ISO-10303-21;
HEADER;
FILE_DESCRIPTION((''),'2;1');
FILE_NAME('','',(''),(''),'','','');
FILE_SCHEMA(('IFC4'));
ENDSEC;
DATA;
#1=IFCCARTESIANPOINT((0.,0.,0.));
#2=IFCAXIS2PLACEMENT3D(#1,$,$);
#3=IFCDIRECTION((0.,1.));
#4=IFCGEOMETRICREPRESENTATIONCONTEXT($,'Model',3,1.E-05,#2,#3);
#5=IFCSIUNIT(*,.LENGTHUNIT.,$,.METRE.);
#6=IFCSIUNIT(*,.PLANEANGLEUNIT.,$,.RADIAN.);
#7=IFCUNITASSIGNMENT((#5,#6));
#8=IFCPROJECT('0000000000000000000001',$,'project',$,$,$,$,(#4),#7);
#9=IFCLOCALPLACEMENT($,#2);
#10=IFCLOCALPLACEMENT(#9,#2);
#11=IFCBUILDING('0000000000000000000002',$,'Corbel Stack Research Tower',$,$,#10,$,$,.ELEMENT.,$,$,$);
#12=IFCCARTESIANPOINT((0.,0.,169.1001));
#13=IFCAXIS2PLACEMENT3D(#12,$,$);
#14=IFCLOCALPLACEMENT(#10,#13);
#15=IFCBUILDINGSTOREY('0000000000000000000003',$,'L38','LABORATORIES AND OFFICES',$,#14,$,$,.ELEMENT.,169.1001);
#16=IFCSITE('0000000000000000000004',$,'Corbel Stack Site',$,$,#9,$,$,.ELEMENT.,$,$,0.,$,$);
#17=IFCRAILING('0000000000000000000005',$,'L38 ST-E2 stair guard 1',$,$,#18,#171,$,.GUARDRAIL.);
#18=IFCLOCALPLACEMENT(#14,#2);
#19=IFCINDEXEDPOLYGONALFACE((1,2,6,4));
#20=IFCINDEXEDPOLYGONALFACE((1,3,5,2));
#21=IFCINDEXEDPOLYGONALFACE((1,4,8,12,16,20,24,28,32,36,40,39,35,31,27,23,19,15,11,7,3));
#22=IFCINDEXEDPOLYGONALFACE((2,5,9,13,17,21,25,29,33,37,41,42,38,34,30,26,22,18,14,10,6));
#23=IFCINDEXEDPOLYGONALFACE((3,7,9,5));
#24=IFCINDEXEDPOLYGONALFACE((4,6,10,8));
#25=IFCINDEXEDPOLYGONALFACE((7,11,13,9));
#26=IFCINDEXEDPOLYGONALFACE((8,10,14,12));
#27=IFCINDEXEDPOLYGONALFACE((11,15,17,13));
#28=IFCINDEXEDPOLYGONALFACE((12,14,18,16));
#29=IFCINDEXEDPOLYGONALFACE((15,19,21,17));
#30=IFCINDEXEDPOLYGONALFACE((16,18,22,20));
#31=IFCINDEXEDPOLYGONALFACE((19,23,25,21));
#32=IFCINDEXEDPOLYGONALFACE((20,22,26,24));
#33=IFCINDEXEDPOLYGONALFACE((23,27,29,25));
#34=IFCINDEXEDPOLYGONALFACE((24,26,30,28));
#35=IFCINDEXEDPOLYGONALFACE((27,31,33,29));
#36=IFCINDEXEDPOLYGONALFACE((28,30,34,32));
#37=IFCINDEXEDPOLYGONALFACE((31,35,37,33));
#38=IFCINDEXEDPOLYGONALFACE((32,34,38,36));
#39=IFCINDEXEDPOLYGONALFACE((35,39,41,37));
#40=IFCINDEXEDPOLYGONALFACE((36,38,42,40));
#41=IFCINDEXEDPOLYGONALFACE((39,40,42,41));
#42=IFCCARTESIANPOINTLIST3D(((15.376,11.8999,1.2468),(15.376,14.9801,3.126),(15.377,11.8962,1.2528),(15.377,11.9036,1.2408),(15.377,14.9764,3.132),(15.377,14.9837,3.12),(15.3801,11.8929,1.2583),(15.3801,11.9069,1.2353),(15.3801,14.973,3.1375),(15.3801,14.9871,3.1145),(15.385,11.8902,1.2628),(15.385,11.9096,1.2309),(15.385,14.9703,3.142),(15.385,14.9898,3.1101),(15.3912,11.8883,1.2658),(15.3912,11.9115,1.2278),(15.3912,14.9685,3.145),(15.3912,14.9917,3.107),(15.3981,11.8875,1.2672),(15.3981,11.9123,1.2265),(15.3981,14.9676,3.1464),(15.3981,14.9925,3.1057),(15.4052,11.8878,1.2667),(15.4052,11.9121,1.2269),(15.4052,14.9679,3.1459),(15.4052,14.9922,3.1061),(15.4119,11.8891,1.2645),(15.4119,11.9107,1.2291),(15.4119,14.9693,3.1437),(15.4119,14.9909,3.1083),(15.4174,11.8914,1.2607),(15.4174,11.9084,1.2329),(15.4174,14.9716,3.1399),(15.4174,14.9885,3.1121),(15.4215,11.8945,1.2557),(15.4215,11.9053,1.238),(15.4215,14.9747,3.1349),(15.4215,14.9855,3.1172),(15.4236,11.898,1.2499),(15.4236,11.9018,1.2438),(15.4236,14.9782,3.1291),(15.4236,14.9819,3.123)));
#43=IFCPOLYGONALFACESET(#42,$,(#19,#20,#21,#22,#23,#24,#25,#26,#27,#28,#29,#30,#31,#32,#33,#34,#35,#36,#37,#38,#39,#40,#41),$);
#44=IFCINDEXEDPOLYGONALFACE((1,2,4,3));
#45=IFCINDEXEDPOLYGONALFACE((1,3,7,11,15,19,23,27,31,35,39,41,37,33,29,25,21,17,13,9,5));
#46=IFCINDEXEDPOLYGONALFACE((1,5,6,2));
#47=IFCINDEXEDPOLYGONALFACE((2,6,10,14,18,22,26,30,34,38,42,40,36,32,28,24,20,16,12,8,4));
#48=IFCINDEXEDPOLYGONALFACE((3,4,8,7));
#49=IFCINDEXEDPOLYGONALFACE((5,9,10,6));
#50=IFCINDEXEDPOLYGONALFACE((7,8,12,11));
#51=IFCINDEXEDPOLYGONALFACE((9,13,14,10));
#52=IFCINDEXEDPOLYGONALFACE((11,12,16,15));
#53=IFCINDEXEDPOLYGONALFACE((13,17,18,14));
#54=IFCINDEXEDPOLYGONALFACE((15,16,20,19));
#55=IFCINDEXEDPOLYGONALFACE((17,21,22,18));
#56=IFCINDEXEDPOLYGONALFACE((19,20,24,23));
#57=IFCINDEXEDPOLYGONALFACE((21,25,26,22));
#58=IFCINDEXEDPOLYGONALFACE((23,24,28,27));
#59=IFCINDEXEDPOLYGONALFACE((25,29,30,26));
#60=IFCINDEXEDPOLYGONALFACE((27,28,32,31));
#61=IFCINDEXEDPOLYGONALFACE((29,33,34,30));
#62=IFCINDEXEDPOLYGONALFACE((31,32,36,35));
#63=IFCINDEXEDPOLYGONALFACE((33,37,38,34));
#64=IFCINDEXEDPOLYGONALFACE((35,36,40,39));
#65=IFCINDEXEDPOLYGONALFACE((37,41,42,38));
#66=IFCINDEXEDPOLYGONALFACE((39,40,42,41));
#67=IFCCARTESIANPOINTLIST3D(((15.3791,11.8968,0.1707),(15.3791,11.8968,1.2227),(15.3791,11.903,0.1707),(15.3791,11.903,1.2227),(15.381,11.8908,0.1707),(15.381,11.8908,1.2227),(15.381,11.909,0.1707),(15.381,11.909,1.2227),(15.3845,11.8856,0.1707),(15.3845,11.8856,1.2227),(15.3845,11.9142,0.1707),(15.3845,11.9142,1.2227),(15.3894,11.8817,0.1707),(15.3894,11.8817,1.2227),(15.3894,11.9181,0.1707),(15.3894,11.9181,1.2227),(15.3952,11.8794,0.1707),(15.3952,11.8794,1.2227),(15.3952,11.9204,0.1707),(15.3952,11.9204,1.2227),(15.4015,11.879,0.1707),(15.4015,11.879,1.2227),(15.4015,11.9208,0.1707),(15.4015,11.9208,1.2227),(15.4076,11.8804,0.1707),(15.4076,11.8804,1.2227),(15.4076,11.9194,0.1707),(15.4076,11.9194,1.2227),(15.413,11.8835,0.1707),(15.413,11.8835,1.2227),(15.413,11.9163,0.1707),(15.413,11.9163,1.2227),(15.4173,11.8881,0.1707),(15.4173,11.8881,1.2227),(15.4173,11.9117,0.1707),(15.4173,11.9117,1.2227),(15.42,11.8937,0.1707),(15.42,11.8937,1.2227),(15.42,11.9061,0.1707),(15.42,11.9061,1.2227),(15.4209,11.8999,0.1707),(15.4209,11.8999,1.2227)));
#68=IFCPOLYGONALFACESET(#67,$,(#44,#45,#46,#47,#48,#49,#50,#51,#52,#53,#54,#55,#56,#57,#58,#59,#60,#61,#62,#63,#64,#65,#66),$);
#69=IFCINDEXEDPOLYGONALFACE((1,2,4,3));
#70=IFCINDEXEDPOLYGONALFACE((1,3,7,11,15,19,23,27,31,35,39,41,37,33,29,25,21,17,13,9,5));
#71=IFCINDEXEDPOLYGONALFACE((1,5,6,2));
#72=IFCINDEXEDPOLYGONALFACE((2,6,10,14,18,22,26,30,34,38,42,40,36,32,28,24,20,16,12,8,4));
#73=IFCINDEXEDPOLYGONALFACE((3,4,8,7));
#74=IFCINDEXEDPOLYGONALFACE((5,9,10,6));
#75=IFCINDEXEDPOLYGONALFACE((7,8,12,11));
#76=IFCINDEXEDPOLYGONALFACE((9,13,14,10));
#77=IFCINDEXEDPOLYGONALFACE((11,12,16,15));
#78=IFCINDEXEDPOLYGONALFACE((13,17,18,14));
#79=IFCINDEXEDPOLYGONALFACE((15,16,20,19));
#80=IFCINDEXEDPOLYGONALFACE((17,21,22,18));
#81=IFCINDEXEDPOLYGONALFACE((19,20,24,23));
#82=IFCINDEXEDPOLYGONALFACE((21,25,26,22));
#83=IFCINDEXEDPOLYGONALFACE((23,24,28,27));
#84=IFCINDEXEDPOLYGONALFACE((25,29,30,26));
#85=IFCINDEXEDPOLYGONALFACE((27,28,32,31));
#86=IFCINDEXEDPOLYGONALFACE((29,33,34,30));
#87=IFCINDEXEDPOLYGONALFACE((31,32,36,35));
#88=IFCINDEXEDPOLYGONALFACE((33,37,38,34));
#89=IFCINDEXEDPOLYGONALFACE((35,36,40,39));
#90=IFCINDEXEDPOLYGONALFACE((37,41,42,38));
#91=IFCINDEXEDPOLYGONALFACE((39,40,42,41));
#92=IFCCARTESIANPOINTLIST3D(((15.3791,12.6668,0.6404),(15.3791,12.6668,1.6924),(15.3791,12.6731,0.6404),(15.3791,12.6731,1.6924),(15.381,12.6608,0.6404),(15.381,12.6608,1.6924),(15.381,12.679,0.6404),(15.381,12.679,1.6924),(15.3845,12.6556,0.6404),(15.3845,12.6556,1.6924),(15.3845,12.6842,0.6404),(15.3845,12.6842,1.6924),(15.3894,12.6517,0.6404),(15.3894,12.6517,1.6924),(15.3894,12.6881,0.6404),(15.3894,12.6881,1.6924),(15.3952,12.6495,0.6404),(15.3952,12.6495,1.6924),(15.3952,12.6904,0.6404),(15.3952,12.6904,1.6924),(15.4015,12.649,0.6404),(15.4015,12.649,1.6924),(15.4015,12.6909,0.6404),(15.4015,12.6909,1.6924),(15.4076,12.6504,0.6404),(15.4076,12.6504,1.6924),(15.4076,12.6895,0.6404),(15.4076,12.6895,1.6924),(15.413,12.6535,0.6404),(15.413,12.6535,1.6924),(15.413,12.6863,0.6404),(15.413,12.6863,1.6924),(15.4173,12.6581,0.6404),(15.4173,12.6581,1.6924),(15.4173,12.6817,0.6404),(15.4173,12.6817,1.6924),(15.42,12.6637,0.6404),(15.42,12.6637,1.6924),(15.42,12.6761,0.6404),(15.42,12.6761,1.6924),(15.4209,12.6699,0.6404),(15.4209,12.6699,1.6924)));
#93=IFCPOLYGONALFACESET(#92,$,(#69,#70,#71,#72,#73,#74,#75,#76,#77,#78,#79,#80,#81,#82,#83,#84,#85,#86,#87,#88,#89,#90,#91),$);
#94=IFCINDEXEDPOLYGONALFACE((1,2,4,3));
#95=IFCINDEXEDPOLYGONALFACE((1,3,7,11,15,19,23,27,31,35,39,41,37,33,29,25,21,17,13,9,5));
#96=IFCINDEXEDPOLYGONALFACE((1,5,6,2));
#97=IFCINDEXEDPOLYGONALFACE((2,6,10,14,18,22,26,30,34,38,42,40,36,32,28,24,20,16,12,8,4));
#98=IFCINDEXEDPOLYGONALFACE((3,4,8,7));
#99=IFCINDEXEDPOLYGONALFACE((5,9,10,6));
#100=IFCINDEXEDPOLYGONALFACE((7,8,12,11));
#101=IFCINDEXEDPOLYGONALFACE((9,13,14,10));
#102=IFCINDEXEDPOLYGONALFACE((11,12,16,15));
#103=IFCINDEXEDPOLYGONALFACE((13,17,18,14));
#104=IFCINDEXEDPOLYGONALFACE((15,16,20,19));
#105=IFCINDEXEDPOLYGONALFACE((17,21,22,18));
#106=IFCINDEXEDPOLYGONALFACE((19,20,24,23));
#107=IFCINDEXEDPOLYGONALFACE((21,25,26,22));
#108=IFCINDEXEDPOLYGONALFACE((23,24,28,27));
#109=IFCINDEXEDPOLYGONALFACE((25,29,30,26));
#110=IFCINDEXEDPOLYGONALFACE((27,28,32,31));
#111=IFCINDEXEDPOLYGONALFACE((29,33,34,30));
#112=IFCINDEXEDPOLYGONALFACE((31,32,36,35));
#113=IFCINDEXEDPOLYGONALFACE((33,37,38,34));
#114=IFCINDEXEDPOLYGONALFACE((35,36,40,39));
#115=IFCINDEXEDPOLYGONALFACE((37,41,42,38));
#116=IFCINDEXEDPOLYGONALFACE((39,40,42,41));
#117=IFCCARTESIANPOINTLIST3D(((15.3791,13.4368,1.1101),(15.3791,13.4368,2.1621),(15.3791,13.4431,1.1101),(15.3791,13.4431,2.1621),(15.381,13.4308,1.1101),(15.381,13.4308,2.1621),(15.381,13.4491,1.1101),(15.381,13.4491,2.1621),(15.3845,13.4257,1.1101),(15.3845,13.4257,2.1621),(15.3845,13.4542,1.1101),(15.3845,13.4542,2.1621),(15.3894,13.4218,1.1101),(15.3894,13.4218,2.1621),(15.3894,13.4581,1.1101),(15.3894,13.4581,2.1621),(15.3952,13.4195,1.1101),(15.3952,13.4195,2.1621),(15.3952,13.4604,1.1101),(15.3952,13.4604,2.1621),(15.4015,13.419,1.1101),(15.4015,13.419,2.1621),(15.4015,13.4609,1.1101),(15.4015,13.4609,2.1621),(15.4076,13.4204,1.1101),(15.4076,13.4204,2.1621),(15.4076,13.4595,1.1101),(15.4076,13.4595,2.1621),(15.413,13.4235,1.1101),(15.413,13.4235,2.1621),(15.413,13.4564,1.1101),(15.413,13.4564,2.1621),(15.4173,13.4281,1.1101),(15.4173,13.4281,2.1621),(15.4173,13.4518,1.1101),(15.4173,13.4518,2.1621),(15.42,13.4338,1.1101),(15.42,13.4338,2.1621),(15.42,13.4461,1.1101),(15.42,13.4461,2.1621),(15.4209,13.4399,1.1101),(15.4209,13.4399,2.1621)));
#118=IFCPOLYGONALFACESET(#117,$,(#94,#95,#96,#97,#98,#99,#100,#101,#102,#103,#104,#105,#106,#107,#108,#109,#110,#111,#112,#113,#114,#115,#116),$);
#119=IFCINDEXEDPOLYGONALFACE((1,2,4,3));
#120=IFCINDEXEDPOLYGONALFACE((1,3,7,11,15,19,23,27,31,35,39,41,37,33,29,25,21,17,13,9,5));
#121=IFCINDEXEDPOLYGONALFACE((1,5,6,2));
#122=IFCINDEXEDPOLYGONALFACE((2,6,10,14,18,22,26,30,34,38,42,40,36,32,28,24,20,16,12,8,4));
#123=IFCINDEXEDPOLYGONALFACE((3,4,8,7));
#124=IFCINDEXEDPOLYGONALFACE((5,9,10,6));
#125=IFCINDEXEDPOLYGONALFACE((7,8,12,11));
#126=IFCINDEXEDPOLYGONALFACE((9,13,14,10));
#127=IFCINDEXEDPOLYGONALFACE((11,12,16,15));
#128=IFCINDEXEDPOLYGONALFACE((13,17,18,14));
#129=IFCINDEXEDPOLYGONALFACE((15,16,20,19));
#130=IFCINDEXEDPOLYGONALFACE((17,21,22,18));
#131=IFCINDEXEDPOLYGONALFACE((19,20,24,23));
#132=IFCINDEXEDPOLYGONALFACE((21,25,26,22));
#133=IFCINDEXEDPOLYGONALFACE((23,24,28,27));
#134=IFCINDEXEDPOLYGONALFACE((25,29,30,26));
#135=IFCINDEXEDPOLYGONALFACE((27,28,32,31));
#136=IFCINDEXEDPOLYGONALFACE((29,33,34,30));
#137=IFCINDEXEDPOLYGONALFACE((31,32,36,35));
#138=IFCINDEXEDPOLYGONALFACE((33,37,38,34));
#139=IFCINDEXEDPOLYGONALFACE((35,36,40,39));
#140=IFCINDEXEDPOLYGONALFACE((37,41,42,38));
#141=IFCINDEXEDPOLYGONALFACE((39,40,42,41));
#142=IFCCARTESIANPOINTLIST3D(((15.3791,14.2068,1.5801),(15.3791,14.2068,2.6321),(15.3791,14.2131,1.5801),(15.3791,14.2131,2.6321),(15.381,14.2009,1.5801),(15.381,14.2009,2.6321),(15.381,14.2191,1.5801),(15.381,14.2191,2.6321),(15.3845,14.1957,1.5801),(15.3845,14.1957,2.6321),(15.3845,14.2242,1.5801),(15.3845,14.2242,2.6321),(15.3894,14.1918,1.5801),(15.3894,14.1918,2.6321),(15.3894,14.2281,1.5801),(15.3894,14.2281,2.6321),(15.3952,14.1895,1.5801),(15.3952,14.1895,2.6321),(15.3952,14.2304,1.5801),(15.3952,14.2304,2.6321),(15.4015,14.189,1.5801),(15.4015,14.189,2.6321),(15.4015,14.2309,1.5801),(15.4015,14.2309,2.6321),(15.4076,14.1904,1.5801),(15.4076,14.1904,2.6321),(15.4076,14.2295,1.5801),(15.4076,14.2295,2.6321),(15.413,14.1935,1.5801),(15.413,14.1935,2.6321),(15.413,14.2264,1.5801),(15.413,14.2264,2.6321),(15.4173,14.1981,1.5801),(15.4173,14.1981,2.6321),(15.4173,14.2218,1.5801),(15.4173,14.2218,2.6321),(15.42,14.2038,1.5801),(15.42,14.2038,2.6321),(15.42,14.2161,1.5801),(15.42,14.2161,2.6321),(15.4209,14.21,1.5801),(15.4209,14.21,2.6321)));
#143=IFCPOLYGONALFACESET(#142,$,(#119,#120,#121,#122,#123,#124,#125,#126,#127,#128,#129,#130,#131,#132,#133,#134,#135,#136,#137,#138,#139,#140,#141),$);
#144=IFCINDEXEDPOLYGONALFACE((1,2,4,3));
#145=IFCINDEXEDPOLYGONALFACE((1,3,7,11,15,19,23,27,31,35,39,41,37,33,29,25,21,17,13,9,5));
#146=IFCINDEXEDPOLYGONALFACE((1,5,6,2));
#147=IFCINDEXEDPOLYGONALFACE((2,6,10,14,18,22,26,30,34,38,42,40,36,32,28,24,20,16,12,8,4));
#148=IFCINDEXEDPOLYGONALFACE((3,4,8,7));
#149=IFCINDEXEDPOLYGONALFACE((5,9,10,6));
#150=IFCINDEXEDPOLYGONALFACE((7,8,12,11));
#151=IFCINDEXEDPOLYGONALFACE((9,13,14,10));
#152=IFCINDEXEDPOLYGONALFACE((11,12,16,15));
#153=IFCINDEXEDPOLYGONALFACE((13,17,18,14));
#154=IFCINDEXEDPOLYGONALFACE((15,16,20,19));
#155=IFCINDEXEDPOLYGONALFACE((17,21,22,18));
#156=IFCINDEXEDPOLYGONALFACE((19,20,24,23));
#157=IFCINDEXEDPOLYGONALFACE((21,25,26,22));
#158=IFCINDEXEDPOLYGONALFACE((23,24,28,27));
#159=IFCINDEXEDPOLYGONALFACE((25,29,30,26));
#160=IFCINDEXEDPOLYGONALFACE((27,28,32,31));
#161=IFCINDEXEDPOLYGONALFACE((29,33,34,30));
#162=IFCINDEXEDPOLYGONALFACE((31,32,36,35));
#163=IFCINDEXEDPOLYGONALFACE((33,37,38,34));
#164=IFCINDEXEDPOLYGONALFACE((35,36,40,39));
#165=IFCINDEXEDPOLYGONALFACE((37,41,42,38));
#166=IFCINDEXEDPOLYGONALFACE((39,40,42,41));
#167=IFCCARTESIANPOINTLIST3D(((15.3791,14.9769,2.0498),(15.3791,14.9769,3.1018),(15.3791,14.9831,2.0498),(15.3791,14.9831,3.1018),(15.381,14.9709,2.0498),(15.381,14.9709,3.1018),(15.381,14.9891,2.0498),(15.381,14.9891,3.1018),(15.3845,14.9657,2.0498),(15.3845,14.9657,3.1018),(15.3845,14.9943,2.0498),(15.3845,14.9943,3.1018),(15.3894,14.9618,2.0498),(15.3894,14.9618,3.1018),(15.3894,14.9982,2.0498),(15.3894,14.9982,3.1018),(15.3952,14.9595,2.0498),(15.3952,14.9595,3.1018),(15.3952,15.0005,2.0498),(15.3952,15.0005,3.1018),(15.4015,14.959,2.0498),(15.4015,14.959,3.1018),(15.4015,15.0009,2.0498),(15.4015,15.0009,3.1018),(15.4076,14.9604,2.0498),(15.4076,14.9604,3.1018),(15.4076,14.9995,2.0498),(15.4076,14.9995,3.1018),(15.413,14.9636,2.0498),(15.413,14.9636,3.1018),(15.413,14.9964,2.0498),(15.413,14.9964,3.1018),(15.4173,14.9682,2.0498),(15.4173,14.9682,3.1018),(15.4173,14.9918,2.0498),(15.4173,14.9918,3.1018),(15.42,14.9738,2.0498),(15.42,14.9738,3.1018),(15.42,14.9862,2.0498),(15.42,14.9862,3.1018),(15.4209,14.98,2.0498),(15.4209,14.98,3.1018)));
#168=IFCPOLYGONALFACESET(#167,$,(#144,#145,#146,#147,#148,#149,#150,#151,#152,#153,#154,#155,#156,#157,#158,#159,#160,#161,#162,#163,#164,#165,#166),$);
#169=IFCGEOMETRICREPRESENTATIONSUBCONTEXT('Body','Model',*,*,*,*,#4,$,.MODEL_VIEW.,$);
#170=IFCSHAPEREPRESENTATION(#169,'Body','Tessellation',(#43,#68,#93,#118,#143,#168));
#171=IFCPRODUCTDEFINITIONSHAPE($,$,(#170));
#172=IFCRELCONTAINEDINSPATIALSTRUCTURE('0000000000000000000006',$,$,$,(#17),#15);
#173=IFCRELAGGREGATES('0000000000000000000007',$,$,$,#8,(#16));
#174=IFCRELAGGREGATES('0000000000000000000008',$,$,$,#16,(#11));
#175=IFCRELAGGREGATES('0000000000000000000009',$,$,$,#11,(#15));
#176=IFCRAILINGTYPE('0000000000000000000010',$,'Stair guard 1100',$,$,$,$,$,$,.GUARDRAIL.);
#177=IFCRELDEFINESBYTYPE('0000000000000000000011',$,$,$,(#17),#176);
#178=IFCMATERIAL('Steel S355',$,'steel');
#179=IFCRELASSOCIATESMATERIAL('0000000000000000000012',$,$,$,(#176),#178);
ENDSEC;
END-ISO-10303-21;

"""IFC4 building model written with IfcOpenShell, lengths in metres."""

from ifc_helpers import new_model, si_unit, direction, frame, origin, origin_2d, place, context, subcontext, project, spatial, circle, extrude, material, type_object, element, save


model = new_model("IFC4")

# Units and contexts
model_context = context("Model", 3, precision=1e-05, world=origin(), true_north=direction((0.0, 1.0)))
body_context = subcontext(model_context, "Body", "Model", "MODEL_VIEW")
ifc_project = project(units=[si_unit("LENGTHUNIT", "METRE"), si_unit("PLANEANGLEUNIT", "RADIAN")], contexts=[model_context])

# Site, building, storey
site_placement = place(None, origin())
site = spatial("IfcSite", under=ifc_project, at=site_placement, Name="Corbel Stack Site", CompositionType="ELEMENT", RefElevation=0.0)
building_placement = place(site_placement, origin())
building = spatial("IfcBuilding", under=site, at=building_placement, Name="Corbel Stack Research Tower", CompositionType="ELEMENT")
storey_placement = place(building_placement, frame((0.0, 0.0, 169.1001)))
storey = spatial("IfcBuildingStorey", under=building, at=storey_placement, Name="L38", Description="LABORATORIES AND OFFICES", CompositionType="ELEMENT", Elevation=169.1001)

# Railing
ifc_material_1 = material(Name="Steel S355", Category="steel")
railing_type_1 = type_object("IfcRailingType", Name="Stair guard 1100", PredefinedType="GUARDRAIL", material=ifc_material_1)
railing_1_placement = place(storey_placement, frame((15.3999, 11.8999, 0.1707)))
element("IfcRailing", 1, at=railing_1_placement, inside=storey, type_object=railing_type_1, Name="L38 ST-E2 stair guard 1", PredefinedType="GUARDRAIL", context=body_context, shape_type="SweptSolid", body=[
    extrude(circle(Radius=0.0239, at=origin_2d()), frame((0.0, 0.0, 1.0762), z_axis=(0.0, 0.853666, 0.52082), x_axis=(-1.0, 0.0, 0.0)), (0.0, 0.0, 1.0), 3.6082),
    extrude(circle(Radius=0.021, at=origin_2d()), origin(), (0.0, 0.0, 1.0), 1.052),
    extrude(circle(Radius=0.021, at=origin_2d()), frame((0.0, 0.77, 0.4697)), (0.0, 0.0, 1.0), 1.052),
    extrude(circle(Radius=0.021, at=origin_2d()), frame((0.0, 1.54, 0.9395)), (0.0, 0.0, 1.0), 1.052),
    extrude(circle(Radius=0.021, at=origin_2d()), frame((0.0, 2.3101, 1.4094)), (0.0, 0.0, 1.0), 1.052),
    extrude(circle(Radius=0.021, at=origin_2d()), frame((0.0, 3.0801, 1.8792)), (0.0, 0.0, 1.0), 1.052),
])

save(model, "model.ifc")
